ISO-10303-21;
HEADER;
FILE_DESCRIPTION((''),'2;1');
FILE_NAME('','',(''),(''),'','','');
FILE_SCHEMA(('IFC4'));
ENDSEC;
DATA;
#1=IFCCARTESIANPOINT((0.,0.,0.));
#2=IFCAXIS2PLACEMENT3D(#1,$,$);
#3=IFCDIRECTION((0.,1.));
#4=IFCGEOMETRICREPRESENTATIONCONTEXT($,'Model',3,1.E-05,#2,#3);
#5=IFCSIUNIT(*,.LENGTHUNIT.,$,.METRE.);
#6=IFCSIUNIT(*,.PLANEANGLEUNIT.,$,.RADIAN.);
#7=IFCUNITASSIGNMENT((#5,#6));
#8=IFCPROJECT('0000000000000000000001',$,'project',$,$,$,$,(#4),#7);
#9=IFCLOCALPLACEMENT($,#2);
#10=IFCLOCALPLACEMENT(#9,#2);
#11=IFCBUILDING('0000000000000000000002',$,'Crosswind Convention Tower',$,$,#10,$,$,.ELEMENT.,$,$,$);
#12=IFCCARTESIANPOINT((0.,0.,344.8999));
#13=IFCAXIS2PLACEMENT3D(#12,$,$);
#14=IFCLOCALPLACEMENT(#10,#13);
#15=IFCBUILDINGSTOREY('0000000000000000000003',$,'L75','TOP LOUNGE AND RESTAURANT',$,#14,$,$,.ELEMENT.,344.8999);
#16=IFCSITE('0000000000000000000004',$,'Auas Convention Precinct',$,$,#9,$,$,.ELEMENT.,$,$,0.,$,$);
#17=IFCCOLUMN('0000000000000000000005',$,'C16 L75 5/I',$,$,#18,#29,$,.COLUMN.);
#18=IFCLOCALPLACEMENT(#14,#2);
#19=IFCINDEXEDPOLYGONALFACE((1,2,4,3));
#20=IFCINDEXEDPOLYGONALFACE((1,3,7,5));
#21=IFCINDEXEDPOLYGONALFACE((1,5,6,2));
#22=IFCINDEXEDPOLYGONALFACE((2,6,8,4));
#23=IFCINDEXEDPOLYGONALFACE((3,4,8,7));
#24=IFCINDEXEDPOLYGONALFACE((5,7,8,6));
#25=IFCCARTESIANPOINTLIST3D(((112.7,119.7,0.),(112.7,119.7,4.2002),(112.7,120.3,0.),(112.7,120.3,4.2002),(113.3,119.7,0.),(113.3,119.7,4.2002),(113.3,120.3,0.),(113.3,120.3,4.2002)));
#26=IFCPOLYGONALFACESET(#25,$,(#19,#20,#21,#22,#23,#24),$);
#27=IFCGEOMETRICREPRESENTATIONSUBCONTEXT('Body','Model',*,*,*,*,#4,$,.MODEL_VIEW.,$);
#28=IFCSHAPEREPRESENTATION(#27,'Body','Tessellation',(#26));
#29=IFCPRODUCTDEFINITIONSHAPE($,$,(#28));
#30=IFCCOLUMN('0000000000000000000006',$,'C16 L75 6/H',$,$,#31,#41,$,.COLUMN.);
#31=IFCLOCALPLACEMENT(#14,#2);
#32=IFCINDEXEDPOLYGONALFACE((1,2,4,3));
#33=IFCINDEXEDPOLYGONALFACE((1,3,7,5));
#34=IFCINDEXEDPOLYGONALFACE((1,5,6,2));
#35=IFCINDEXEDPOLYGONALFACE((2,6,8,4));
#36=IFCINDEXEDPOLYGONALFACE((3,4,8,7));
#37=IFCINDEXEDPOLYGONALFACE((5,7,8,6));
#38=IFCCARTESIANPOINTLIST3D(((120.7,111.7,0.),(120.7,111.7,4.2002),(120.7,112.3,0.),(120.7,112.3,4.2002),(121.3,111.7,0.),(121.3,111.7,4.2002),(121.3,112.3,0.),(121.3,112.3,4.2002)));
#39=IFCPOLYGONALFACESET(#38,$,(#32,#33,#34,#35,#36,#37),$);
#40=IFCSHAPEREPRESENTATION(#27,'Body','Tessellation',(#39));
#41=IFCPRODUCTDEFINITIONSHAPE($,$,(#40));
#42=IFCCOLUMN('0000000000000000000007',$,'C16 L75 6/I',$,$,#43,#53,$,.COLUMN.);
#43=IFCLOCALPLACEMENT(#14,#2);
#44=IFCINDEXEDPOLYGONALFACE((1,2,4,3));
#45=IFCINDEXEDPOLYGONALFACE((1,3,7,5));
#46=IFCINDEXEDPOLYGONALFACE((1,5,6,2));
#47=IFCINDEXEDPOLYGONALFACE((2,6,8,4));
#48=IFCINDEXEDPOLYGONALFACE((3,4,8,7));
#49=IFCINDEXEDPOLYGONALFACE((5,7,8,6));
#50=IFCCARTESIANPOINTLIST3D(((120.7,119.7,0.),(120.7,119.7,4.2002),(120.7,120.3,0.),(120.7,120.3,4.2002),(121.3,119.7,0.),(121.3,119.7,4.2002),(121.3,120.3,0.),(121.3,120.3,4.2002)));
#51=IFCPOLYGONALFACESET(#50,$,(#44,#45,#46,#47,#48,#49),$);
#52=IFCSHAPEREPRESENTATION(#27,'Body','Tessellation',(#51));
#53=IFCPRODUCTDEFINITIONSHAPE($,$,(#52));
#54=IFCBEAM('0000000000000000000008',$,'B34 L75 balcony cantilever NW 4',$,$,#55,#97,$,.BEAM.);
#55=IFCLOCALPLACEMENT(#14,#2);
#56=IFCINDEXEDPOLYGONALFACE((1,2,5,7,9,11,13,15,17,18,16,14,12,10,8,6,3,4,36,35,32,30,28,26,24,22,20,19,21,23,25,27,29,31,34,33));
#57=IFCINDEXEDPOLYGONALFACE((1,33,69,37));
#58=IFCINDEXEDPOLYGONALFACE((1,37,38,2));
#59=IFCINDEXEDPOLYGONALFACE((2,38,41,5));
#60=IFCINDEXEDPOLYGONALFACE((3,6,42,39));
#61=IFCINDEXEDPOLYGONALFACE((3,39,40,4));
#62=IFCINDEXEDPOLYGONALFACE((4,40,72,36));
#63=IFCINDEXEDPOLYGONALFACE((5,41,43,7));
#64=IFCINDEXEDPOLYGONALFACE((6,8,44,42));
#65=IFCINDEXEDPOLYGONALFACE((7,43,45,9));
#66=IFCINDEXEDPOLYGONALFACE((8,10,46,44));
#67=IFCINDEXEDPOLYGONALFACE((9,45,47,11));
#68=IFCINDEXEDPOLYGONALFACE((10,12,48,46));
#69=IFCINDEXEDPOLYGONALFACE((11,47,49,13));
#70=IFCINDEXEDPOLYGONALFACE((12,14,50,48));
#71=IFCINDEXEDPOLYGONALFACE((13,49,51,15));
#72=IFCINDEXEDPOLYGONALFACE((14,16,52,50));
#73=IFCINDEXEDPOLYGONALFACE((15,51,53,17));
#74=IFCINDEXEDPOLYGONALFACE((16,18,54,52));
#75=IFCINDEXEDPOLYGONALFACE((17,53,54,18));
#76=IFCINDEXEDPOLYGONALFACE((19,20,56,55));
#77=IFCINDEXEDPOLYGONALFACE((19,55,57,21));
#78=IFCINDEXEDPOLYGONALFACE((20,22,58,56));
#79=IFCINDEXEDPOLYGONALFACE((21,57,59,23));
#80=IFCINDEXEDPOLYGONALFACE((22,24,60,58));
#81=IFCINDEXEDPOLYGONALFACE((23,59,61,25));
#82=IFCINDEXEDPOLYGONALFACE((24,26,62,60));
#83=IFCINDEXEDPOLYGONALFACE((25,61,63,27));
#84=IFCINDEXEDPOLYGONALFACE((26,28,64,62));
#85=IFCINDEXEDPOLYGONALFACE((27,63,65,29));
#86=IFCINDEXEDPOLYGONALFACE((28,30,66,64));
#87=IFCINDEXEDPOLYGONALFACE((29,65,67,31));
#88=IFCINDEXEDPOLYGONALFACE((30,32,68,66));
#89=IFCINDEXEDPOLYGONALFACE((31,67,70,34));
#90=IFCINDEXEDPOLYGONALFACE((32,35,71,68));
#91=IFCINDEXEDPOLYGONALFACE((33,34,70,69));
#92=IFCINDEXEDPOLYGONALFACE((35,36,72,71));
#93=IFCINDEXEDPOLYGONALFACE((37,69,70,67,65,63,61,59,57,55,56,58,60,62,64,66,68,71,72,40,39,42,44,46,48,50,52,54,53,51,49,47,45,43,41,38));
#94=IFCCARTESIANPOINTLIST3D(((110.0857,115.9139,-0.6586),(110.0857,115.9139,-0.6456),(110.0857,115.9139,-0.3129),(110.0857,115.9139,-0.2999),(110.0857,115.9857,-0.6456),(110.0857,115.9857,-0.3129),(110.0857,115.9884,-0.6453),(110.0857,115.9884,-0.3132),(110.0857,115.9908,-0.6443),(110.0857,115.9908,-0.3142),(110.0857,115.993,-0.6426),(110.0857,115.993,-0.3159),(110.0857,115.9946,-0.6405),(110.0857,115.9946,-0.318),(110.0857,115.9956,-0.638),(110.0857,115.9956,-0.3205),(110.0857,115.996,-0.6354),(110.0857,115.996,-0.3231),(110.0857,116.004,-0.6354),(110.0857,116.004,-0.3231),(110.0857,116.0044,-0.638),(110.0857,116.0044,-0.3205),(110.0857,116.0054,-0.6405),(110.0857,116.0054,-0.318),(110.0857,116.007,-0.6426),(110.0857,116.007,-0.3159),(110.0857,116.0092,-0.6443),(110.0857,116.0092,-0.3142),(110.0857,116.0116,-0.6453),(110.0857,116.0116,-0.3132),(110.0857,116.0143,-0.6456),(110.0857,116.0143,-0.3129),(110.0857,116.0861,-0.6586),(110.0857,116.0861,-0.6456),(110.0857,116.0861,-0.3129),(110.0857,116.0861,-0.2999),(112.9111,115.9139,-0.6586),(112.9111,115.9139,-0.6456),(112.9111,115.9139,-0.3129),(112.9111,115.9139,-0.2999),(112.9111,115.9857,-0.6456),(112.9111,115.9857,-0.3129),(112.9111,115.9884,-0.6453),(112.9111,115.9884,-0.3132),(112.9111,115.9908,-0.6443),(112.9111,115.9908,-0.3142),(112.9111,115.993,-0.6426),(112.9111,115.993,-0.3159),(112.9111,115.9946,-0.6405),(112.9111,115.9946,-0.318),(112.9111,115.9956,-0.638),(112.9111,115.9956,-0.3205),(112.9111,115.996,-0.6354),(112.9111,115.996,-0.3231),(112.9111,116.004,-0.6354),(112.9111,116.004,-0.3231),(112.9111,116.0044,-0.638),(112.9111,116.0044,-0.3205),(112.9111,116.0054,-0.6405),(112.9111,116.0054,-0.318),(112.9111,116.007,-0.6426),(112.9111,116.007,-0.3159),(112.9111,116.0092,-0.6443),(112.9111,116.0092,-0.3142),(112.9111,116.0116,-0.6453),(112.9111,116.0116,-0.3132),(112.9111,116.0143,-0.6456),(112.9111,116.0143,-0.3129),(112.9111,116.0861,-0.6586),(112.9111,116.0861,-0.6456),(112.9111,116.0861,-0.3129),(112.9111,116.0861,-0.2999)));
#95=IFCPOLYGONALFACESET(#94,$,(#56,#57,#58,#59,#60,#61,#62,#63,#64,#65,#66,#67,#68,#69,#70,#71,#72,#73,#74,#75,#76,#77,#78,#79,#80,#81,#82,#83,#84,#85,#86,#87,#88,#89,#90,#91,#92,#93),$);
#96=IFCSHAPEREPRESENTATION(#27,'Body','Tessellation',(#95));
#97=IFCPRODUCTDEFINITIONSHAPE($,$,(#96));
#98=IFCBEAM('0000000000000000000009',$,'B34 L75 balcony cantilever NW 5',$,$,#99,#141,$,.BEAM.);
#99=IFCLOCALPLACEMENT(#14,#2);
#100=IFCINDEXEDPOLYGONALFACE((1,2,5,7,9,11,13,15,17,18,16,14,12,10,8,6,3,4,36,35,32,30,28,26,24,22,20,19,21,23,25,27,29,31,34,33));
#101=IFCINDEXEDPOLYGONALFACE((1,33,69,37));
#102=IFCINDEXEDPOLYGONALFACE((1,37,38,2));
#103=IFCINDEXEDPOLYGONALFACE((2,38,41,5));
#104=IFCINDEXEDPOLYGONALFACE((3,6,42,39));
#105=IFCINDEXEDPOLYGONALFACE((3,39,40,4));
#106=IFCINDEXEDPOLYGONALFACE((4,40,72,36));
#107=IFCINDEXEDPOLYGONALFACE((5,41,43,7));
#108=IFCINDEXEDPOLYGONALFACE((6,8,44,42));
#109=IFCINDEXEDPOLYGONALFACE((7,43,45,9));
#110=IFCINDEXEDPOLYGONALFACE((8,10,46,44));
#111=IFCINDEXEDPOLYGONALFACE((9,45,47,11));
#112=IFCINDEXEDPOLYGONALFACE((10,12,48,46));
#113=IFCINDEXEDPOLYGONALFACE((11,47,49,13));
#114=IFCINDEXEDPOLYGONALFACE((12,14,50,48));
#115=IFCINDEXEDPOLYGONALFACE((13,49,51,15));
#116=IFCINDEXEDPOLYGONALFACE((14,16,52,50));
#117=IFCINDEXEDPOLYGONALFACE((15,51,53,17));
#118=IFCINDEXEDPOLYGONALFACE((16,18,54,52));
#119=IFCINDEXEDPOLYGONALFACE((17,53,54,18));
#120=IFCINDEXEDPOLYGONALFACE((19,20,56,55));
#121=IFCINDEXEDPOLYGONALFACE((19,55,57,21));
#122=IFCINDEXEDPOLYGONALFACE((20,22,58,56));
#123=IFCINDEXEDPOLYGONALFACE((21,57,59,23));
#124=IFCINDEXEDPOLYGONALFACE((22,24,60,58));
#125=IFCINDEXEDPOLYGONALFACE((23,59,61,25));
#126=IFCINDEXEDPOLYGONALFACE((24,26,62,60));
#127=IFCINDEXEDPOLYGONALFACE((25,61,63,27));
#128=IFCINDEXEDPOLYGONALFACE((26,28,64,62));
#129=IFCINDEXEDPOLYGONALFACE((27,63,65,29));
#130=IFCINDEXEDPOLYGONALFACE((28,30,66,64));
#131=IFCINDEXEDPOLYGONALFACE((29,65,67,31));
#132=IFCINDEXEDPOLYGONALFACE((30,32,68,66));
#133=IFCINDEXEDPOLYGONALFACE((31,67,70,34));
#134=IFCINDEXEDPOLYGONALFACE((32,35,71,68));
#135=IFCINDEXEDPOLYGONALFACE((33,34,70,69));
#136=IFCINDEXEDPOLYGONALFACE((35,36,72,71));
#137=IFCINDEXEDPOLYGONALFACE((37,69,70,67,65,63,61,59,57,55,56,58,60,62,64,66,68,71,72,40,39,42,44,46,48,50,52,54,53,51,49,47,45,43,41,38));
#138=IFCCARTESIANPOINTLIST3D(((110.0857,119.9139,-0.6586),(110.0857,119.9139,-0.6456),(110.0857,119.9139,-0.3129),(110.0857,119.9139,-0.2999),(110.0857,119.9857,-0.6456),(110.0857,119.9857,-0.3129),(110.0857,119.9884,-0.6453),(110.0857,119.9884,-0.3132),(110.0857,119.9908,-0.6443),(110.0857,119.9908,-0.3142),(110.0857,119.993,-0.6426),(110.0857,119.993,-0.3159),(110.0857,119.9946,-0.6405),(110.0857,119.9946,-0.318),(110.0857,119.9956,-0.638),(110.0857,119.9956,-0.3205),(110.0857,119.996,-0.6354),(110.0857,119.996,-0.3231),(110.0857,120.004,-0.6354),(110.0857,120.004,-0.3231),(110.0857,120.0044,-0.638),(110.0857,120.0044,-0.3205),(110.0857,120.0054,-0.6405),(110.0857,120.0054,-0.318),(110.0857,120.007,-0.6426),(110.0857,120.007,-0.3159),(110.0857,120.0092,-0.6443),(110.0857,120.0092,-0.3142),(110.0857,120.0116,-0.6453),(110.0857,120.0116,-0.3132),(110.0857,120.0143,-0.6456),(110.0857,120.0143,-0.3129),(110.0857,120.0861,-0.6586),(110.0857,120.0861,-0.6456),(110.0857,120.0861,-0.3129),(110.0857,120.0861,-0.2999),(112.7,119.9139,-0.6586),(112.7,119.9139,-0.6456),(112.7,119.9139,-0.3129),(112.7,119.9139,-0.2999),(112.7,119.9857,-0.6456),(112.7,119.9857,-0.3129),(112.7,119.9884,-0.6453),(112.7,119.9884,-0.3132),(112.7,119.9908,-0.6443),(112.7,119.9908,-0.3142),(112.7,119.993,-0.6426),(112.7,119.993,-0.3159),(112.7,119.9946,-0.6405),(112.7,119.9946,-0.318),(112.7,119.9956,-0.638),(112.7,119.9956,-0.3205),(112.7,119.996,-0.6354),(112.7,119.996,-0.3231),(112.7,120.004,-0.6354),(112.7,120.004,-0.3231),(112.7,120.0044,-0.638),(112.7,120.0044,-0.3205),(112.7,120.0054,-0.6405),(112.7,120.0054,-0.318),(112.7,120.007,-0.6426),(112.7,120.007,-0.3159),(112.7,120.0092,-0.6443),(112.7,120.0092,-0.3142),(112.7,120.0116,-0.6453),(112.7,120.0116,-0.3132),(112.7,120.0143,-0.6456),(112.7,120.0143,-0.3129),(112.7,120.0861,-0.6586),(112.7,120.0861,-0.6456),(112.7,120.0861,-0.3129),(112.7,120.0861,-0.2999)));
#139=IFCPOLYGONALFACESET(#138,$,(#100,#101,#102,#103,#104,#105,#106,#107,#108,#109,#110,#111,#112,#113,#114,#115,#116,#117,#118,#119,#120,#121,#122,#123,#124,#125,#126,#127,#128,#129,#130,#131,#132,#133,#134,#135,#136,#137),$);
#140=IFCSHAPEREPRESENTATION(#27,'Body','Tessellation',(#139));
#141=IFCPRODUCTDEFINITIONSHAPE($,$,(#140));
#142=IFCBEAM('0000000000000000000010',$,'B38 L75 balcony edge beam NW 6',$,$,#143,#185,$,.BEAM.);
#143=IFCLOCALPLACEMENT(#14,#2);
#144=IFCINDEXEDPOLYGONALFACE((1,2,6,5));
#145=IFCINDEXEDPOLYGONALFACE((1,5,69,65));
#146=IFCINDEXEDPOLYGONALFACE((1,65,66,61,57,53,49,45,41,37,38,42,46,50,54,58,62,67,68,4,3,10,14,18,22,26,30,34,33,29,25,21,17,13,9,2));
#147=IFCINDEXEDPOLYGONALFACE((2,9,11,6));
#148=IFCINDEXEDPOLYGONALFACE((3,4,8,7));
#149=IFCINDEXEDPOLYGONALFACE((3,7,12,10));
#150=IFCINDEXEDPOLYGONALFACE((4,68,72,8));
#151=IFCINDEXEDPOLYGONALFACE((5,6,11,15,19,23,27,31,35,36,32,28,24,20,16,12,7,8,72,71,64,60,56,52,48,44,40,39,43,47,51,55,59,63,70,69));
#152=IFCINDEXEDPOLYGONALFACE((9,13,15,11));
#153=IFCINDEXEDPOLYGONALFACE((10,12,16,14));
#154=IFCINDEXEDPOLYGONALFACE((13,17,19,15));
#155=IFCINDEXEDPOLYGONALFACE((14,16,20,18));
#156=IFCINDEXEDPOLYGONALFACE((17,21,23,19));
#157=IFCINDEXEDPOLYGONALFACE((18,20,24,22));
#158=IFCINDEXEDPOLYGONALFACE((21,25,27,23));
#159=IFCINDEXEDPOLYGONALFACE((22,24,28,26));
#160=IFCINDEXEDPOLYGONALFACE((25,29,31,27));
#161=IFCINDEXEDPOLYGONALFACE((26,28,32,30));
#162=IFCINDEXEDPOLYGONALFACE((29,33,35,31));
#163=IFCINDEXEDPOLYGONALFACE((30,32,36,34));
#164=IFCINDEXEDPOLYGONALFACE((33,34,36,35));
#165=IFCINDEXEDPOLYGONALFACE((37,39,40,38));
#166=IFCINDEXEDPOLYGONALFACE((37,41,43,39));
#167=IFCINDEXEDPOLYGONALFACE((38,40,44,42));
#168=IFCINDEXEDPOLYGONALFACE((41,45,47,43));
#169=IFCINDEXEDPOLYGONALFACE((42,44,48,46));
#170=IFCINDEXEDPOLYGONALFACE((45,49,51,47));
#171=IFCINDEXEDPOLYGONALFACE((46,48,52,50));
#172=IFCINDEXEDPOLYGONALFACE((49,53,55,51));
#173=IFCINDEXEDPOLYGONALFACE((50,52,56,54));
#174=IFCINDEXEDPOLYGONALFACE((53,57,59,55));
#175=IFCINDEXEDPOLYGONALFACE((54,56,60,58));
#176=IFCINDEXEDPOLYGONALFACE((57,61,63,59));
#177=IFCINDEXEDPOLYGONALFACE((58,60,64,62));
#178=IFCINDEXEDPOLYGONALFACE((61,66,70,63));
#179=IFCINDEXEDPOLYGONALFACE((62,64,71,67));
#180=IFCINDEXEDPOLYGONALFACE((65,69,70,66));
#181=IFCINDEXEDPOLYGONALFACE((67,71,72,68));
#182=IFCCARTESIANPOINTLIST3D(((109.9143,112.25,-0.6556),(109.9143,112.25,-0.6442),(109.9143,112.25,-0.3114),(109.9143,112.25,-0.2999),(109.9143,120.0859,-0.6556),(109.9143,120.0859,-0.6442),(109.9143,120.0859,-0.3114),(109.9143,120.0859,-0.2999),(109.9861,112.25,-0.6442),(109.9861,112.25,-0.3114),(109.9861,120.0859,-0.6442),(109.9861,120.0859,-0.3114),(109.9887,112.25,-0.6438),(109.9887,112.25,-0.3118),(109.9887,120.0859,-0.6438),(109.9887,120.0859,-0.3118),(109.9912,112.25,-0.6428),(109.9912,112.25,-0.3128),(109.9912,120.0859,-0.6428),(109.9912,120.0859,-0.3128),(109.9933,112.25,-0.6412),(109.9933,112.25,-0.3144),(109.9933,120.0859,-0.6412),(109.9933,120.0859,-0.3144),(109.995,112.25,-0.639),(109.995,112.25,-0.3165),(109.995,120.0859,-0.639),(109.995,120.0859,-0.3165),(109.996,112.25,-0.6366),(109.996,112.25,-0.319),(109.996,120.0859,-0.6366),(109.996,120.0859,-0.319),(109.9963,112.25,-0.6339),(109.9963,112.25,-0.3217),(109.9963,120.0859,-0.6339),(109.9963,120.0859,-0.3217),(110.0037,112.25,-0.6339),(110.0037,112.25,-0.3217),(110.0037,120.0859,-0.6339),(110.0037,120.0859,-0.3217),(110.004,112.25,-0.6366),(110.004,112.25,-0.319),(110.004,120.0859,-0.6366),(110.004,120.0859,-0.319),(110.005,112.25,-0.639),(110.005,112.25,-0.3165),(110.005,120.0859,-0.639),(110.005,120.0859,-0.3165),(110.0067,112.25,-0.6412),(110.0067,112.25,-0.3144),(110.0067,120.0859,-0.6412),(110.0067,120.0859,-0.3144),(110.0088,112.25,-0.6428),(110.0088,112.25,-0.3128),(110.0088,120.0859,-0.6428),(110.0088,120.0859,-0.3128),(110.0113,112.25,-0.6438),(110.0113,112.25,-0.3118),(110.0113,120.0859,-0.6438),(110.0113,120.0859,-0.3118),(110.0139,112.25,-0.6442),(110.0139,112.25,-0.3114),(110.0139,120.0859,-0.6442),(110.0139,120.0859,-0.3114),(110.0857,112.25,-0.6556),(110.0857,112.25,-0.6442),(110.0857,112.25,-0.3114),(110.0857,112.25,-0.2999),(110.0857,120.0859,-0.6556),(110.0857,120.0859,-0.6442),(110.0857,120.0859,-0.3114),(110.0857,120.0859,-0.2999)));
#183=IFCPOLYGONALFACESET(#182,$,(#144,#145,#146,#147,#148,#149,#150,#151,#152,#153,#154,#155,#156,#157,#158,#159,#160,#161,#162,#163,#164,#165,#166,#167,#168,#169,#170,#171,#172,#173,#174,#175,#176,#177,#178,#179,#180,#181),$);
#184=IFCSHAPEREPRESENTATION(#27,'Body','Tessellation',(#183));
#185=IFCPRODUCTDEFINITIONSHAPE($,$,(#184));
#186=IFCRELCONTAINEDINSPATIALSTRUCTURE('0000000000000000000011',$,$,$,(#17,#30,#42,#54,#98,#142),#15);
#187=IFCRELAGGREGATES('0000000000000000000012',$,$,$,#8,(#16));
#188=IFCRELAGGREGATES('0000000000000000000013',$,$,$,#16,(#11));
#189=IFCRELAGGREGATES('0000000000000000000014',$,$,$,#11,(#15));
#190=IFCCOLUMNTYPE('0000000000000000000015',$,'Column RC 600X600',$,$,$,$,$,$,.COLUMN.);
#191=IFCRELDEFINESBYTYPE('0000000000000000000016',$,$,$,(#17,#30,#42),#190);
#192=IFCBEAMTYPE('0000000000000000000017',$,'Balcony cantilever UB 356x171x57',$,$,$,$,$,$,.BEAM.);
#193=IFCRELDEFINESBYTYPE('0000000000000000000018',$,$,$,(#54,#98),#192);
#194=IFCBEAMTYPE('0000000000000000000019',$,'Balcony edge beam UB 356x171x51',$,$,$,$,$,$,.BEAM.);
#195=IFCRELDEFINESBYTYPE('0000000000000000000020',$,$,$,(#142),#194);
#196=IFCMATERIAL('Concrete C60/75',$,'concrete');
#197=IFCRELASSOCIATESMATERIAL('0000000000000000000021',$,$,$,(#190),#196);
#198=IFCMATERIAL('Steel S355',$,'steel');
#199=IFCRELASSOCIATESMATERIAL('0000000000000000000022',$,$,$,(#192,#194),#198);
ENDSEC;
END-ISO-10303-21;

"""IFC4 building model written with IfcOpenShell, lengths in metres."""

from ifc_helpers import new_model, si_unit, direction, frame, origin, origin_2d, place, context, subcontext, project, spatial, rectangle, i_section, extrude, material, material_profile, profile_set, type_object, element, save


model = new_model("IFC4")

# Units and contexts
model_context = context("Model", 3, precision=1e-05, world=origin(), true_north=direction((0.0, 1.0)))
body_context = subcontext(model_context, "Body", "Model", "MODEL_VIEW")
ifc_project = project(units=[si_unit("LENGTHUNIT", "METRE"), si_unit("PLANEANGLEUNIT", "RADIAN")], contexts=[model_context])

# Site, building, storey
site_placement = place(None, origin())
site = spatial("IfcSite", under=ifc_project, at=site_placement, Name="Auas Convention Precinct", CompositionType="ELEMENT", RefElevation=0.0)
building_placement = place(site_placement, origin())
building = spatial("IfcBuilding", under=site, at=building_placement, Name="Crosswind Convention Tower", CompositionType="ELEMENT")
storey_placement = place(building_placement, frame((0.0, 0.0, 344.8999)))
storey = spatial("IfcBuildingStorey", under=building, at=storey_placement, Name="L75", Description="TOP LOUNGE AND RESTAURANT", CompositionType="ELEMENT", Elevation=344.8999)

# Columns
ifc_material_1 = material(Name="Concrete C60/75", Category="concrete")
ifc_material_profile_1 = material_profile(ifc_material_1, rectangle(XDim=0.6001, YDim=0.6001, at=origin_2d()), Name="RC 600X600")
ifc_profile_set_1 = profile_set([ifc_material_profile_1], Name="Concrete C60/75")
column_type = type_object("IfcColumnType", Name="Column RC 600X600", PredefinedType="COLUMN", material=ifc_profile_set_1)
for number, where, z_axis, x_axis, name in (
    (1, (113.0, 120.0, 0.0), (0.0, 0.0, 1.0), (1.0, 0.0, 0.0), "C16 L75 5/I"),
    (2, (121.0, 112.0, 0.0), (0.0, 0.0, 1.0), (1.0, 0.0, 0.0), "C16 L75 6/H"),
    (3, (121.0, 120.0, 0.0), (0.0, 0.0, 1.0), (1.0, 0.0, 0.0), "C16 L75 6/I"),
):
    element("IfcColumn", number, at=place(storey_placement, frame(where, z_axis=z_axis, x_axis=x_axis)), inside=storey, type_object=column_type, Name=name, PredefinedType="COLUMN", context=body_context, shape_type="SweptSolid", body=[
        extrude(rectangle(XDim=0.6001, YDim=0.6001, at=origin_2d()), origin(), (0.0, 0.0, 1.0), 4.2002),
    ])

# Beams
ifc_material_2 = material(Name="Steel S355", Category="steel")
ifc_material_profile_2 = material_profile(ifc_material_2, i_section(OverallWidth=0.1721, OverallDepth=0.3586, WebThickness=0.0081, FlangeThickness=0.0129, FilletRadius=0.0103, at=origin_2d()), Name="UB 356x171x57")
ifc_profile_set_2 = profile_set([ifc_material_profile_2], Name="Steel S355")
beam_type_1 = type_object("IfcBeamType", Name="Balcony cantilever UB 356x171x57", PredefinedType="BEAM", material=ifc_profile_set_2)
beam_1_placement = place(storey_placement, frame((112.9111, 116.0, -0.4792), z_axis=(-1.0, 0.0, 0.0), x_axis=(0.0, -1.0, 0.0)))
element("IfcBeam", 4, at=beam_1_placement, inside=storey, type_object=beam_type_1, Name="B34 L75 balcony cantilever NW 4", PredefinedType="BEAM", context=body_context, shape_type="SweptSolid", body=[
    extrude(i_section(OverallWidth=0.1721, OverallDepth=0.3586, WebThickness=0.0081, FlangeThickness=0.0129, FilletRadius=0.0103, at=origin_2d()), origin(), (0.0, 0.0, 1.0), 2.8254),
])
beam_2_placement = place(storey_placement, frame((112.7, 120.0, -0.4792), z_axis=(-1.0, 0.0, 0.0), x_axis=(0.0, -1.0, 0.0)))
element("IfcBeam", 5, at=beam_2_placement, inside=storey, type_object=beam_type_1, Name="B34 L75 balcony cantilever NW 5", PredefinedType="BEAM", context=body_context, shape_type="SweptSolid", body=[
    extrude(i_section(OverallWidth=0.1721, OverallDepth=0.3586, WebThickness=0.0081, FlangeThickness=0.0129, FilletRadius=0.0103, at=origin_2d()), origin(), (0.0, 0.0, 1.0), 2.6143),
])
ifc_material_profile_3 = material_profile(ifc_material_2, i_section(OverallWidth=0.1714, OverallDepth=0.3557, WebThickness=0.0073, FlangeThickness=0.0115, FilletRadius=0.0103, at=origin_2d()), Name="UB 356x171x51")
ifc_profile_set_3 = profile_set([ifc_material_profile_3], Name="Steel S355")
beam_type_2 = type_object("IfcBeamType", Name="Balcony edge beam UB 356x171x51", PredefinedType="BEAM", material=ifc_profile_set_3)
beam_3_placement = place(storey_placement, frame((110.0, 112.25, -0.4778), z_axis=(0.0, 1.0, 0.0), x_axis=(-1.0, 0.0, 0.0)))
element("IfcBeam", 6, at=beam_3_placement, inside=storey, type_object=beam_type_2, Name="B38 L75 balcony edge beam NW 6", PredefinedType="BEAM", context=body_context, shape_type="SweptSolid", body=[
    extrude(i_section(OverallWidth=0.1714, OverallDepth=0.3557, WebThickness=0.0073, FlangeThickness=0.0115, FilletRadius=0.0103, at=origin_2d()), origin(), (0.0, 0.0, 1.0), 7.8359),
])

save(model, "model.ifc")
